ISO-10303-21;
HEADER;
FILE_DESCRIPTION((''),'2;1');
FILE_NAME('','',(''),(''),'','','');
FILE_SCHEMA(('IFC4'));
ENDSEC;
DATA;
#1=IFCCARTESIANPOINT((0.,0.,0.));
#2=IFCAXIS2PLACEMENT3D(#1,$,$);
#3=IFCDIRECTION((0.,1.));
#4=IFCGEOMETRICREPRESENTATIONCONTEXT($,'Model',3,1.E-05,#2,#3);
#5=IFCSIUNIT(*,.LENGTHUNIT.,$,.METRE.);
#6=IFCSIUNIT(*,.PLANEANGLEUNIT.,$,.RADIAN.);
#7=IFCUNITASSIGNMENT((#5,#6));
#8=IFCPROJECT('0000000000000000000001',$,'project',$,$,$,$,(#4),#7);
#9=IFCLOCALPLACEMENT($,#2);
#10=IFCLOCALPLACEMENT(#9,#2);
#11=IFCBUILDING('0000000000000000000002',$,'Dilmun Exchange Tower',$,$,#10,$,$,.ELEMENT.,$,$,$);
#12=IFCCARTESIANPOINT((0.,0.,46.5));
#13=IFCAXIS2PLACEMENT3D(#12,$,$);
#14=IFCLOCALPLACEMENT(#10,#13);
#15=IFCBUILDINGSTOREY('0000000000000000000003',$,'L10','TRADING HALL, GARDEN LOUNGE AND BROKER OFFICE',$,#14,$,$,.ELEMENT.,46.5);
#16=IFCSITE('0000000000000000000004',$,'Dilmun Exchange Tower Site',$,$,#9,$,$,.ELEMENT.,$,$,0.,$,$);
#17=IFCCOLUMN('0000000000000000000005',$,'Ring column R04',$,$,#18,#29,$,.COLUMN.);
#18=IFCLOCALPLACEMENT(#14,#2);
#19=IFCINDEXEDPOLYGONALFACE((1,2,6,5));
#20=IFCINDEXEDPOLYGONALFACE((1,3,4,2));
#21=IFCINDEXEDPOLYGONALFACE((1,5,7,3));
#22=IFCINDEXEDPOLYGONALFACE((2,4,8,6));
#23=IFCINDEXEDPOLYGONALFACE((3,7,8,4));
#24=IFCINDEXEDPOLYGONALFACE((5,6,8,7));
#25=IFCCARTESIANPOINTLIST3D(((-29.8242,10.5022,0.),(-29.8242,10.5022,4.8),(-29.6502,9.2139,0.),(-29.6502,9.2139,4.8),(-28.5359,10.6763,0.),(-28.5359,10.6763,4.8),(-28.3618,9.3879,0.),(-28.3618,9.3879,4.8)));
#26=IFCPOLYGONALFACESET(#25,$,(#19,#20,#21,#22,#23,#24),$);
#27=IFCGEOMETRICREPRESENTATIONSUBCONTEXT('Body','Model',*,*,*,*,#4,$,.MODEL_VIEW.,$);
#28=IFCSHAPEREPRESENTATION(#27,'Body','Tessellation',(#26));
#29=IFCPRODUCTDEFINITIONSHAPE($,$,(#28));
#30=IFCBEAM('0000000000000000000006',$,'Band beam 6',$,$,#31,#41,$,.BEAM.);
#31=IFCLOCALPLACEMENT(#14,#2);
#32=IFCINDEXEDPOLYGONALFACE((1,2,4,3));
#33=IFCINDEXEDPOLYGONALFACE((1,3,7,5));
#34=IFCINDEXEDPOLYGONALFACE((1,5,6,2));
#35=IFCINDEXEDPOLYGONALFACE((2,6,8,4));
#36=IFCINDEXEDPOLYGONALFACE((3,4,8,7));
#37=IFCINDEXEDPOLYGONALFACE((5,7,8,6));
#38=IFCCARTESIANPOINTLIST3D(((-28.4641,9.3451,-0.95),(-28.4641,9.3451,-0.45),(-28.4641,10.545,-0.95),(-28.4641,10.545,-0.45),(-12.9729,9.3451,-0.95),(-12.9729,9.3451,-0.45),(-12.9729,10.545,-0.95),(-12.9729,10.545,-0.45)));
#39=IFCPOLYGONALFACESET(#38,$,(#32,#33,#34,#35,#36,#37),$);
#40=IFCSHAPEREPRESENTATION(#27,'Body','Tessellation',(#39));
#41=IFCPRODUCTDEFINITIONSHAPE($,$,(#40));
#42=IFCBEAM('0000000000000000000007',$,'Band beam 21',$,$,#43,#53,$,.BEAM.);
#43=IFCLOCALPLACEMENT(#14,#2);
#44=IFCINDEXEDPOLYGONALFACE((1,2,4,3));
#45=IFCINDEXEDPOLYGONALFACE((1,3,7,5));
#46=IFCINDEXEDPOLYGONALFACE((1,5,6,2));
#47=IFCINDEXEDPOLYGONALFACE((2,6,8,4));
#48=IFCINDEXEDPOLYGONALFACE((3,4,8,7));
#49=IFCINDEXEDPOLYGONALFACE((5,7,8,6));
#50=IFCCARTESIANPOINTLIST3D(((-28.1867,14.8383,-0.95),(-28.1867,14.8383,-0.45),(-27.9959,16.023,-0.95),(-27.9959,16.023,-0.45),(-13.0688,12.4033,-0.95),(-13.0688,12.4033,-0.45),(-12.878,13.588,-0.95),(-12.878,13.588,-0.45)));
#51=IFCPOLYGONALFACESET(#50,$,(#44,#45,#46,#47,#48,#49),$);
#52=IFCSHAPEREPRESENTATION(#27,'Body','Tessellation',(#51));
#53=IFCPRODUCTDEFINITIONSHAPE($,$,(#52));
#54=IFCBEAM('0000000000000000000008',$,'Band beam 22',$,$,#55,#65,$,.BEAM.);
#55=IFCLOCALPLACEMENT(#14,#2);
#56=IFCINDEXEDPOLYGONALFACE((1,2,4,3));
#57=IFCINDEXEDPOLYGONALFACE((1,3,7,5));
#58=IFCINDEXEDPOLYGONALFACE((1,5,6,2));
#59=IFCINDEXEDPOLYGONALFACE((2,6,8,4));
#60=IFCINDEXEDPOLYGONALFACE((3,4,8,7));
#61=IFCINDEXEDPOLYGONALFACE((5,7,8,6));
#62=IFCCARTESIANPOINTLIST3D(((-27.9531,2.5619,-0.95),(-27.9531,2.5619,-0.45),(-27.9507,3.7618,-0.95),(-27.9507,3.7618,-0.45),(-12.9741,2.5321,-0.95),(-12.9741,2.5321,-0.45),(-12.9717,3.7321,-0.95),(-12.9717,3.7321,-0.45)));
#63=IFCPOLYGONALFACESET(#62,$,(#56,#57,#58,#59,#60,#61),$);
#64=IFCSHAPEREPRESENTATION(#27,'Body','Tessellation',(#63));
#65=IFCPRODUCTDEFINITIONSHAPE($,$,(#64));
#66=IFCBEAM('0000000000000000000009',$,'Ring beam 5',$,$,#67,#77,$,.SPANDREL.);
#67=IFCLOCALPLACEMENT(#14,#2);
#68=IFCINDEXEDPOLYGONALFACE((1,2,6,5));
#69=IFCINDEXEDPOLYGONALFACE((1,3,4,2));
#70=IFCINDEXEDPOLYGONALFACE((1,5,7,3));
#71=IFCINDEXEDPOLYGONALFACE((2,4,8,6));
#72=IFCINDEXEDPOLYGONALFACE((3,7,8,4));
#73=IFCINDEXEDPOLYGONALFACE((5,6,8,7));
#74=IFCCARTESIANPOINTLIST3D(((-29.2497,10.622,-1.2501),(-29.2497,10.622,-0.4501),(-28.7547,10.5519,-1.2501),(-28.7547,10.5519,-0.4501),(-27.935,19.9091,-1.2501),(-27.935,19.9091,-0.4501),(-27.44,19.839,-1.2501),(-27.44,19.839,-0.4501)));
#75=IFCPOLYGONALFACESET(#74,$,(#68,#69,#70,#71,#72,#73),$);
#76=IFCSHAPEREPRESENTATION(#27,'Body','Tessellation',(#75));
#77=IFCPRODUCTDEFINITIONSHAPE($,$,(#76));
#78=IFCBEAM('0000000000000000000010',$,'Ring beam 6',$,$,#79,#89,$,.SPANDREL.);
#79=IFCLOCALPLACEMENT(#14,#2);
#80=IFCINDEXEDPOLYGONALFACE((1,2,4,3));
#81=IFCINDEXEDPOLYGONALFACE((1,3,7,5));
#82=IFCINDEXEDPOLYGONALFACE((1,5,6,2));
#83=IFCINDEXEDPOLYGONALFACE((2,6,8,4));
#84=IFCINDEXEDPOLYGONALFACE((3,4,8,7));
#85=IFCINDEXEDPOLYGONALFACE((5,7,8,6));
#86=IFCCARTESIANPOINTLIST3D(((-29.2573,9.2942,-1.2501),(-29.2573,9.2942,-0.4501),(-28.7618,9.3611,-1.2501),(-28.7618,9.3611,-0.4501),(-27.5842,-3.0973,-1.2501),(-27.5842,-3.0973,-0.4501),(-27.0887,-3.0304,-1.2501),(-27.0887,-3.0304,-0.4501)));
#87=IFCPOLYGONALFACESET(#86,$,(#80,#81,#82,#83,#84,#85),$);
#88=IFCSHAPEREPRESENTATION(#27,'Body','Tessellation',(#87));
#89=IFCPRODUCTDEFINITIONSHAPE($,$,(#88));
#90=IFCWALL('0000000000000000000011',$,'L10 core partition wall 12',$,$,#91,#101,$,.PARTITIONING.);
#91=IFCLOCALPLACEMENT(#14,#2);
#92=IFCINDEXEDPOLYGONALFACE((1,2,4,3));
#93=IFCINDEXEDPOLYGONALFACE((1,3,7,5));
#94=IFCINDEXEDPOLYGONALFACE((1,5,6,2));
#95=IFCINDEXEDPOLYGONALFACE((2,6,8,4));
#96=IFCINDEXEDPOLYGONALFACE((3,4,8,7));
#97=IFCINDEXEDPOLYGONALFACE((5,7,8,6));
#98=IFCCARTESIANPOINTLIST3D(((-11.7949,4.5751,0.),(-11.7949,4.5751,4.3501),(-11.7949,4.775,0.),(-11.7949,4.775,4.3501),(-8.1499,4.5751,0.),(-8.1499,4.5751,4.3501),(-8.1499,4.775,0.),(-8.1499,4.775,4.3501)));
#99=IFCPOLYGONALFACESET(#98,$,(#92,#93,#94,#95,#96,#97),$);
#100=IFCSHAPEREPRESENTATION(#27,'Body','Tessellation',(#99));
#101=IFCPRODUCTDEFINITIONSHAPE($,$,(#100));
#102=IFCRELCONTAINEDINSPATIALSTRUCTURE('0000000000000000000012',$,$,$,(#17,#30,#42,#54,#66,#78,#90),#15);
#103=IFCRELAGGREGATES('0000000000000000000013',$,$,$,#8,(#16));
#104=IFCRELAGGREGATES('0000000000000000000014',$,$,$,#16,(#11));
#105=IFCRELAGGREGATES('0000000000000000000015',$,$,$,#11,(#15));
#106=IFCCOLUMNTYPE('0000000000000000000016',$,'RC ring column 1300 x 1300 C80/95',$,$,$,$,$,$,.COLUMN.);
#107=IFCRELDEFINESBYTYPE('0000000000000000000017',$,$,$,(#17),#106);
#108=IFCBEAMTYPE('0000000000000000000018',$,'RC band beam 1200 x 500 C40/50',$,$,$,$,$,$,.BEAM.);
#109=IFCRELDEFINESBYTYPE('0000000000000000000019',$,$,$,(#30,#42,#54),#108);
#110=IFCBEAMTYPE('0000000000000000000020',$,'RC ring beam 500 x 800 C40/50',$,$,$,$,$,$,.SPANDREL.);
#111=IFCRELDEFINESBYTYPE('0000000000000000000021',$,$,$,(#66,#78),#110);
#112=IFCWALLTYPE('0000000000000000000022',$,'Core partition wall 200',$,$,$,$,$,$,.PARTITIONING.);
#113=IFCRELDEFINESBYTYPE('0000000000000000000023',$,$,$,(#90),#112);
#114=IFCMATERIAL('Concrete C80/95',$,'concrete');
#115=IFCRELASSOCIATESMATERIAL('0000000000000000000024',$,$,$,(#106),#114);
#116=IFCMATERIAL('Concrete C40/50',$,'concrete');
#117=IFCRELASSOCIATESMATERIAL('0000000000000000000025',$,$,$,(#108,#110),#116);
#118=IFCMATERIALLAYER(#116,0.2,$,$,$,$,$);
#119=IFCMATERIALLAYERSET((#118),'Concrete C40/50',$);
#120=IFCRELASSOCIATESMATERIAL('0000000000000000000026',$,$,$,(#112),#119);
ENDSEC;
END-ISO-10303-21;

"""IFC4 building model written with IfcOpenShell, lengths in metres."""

from ifc_helpers import new_model, si_unit, direction, frame, frame_2d, origin, origin_2d, place, context, subcontext, project, spatial, rectangle, extrude, material, layer, layer_set, material_profile, profile_set, type_object, element, save


model = new_model("IFC4")

# Units and contexts
model_context = context("Model", 3, precision=1e-05, world=origin(), true_north=direction((0.0, 1.0)))
body_context = subcontext(model_context, "Body", "Model", "MODEL_VIEW")
ifc_project = project(units=[si_unit("LENGTHUNIT", "METRE"), si_unit("PLANEANGLEUNIT", "RADIAN")], contexts=[model_context])

# Site, building, storey
site_placement = place(None, origin())
site = spatial("IfcSite", under=ifc_project, at=site_placement, Name="Dilmun Exchange Tower Site", CompositionType="ELEMENT", RefElevation=0.0)
building_placement = place(site_placement, origin())
building = spatial("IfcBuilding", under=site, at=building_placement, Name="Dilmun Exchange Tower", CompositionType="ELEMENT")
storey_placement = place(building_placement, frame((0.0, 0.0, 46.5)))
storey = spatial("IfcBuildingStorey", under=building, at=storey_placement, Name="L10", Description="TRADING HALL, GARDEN LOUNGE AND BROKER OFFICE", CompositionType="ELEMENT", Elevation=46.5)

# Column
ifc_material_1 = material(Name="Concrete C80/95", Category="concrete")
ifc_material_profile_1 = material_profile(ifc_material_1, rectangle(XDim=1.3, YDim=1.3, at=origin_2d()), Name="1300 x 1300")
ifc_profile_set_1 = profile_set([ifc_material_profile_1], Name="Concrete C80/95")
column_type = type_object("IfcColumnType", Name="RC ring column 1300 x 1300 C80/95", PredefinedType="COLUMN", material=ifc_profile_set_1)
column_placement = place(storey_placement, frame((-29.093, 9.9451, 0.0), z_axis=(0.0, 0.0, 1.0), x_axis=(0.991001, 0.133853, 0.0)))
element("IfcColumn", 1, at=column_placement, inside=storey, type_object=column_type, Name="Ring column R04", PredefinedType="COLUMN", context=body_context, shape_type="SweptSolid", body=[
    extrude(rectangle(XDim=1.3, YDim=1.3, at=origin_2d()), origin(), (0.0, 0.0, 1.0), 4.8),
])

# Beams
ifc_material_2 = material(Name="Concrete C40/50", Category="concrete")
ifc_material_profile_2 = material_profile(ifc_material_2, rectangle(XDim=1.2, YDim=0.5, at=origin_2d()), Name="1200 x 500")
ifc_profile_set_2 = profile_set([ifc_material_profile_2], Name="Concrete C40/50")
beam_type_1 = type_object("IfcBeamType", Name="RC band beam 1200 x 500 C40/50", PredefinedType="BEAM", material=ifc_profile_set_2)
beam_1_placement = place(storey_placement, frame((-28.4641, 9.9451, -0.7), z_axis=(1.0, 0.0, 0.0), x_axis=(0.0, 1.0, 0.0)))
element("IfcBeam", 2, at=beam_1_placement, inside=storey, type_object=beam_type_1, Name="Band beam 6", PredefinedType="BEAM", context=body_context, shape_type="SweptSolid", body=[
    extrude(rectangle(XDim=1.2, YDim=0.5, at=origin_2d()), origin(), (0.0, 0.0, 1.0), 15.4912),
])
beam_2_placement = place(storey_placement, frame((-28.0913, 15.4307, -0.7), z_axis=(0.987275, -0.159021, 0.0), x_axis=(0.159021, 0.987275, 0.0)))
element("IfcBeam", 3, at=beam_2_placement, inside=storey, type_object=beam_type_1, Name="Band beam 21", PredefinedType="BEAM", context=body_context, shape_type="SweptSolid", body=[
    extrude(rectangle(XDim=1.2, YDim=0.5, at=origin_2d()), origin(), (0.0, 0.0, 1.0), 15.3127),
])
beam_3_placement = place(storey_placement, frame((-27.9519, 3.1619, -0.7), z_axis=(0.999998, -0.001988, 0.0), x_axis=(0.001988, 0.999998, 0.0)))
element("IfcBeam", 4, at=beam_3_placement, inside=storey, type_object=beam_type_1, Name="Band beam 22", PredefinedType="BEAM", context=body_context, shape_type="SweptSolid", body=[
    extrude(rectangle(XDim=1.2, YDim=0.5, at=origin_2d()), origin(), (0.0, 0.0, 1.0), 14.979),
])
ifc_material_profile_3 = material_profile(ifc_material_2, rectangle(XDim=0.5, YDim=0.8, at=origin_2d()), Name="500 x 800")
ifc_profile_set_3 = profile_set([ifc_material_profile_3], Name="Concrete C40/50")
beam_type_2 = type_object("IfcBeamType", Name="RC ring beam 500 x 800 C40/50", PredefinedType="SPANDREL", material=ifc_profile_set_3)
beam_4_placement = place(storey_placement, frame((-27.6875, 19.874, -0.8501), z_axis=(-0.140164, -0.990128, 0.0), x_axis=(0.990128, -0.140164, 0.0)))
element("IfcBeam", 5, at=beam_4_placement, inside=storey, type_object=beam_type_2, Name="Ring beam 5", PredefinedType="SPANDREL", context=body_context, shape_type="SweptSolid", body=[
    extrude(rectangle(XDim=0.5, YDim=0.8, at=origin_2d()), origin(), (0.0, 0.0, 1.0), 9.3796),
])
beam_5_placement = place(storey_placement, frame((-29.0095, 9.3276, -0.8501), z_axis=(0.133807, -0.991007, 0.0), x_axis=(0.991007, 0.133807, 0.0)))
element("IfcBeam", 6, at=beam_5_placement, inside=storey, type_object=beam_type_2, Name="Ring beam 6", PredefinedType="SPANDREL", context=body_context, shape_type="SweptSolid", body=[
    extrude(rectangle(XDim=0.5, YDim=0.8, at=origin_2d()), origin(), (0.0, 0.0, 1.0), 12.5039),
])

# Wall
ifc_layer_1 = layer(ifc_material_2, 0.2)
ifc_layer_set_1 = layer_set([ifc_layer_1], Name="Concrete C40/50")
wall_type_1 = type_object("IfcWallType", Name="Core partition wall 200", PredefinedType="PARTITIONING", material=ifc_layer_set_1)
wall_1_placement = place(storey_placement, frame((-11.7949, 4.675, 0.0), z_axis=(0.0, 0.0, 1.0), x_axis=(1.0, 0.0, 0.0)))
element("IfcWall", 7, at=wall_1_placement, inside=storey, type_object=wall_type_1, Name="L10 core partition wall 12", PredefinedType="PARTITIONING", context=body_context, shape_type="SweptSolid", body=[
    extrude(rectangle(XDim=3.645, YDim=0.2, at=frame_2d((1.8225, 0.0))), origin(), (0.0, 0.0, 1.0), 4.3501),
])

save(model, "model.ifc")
